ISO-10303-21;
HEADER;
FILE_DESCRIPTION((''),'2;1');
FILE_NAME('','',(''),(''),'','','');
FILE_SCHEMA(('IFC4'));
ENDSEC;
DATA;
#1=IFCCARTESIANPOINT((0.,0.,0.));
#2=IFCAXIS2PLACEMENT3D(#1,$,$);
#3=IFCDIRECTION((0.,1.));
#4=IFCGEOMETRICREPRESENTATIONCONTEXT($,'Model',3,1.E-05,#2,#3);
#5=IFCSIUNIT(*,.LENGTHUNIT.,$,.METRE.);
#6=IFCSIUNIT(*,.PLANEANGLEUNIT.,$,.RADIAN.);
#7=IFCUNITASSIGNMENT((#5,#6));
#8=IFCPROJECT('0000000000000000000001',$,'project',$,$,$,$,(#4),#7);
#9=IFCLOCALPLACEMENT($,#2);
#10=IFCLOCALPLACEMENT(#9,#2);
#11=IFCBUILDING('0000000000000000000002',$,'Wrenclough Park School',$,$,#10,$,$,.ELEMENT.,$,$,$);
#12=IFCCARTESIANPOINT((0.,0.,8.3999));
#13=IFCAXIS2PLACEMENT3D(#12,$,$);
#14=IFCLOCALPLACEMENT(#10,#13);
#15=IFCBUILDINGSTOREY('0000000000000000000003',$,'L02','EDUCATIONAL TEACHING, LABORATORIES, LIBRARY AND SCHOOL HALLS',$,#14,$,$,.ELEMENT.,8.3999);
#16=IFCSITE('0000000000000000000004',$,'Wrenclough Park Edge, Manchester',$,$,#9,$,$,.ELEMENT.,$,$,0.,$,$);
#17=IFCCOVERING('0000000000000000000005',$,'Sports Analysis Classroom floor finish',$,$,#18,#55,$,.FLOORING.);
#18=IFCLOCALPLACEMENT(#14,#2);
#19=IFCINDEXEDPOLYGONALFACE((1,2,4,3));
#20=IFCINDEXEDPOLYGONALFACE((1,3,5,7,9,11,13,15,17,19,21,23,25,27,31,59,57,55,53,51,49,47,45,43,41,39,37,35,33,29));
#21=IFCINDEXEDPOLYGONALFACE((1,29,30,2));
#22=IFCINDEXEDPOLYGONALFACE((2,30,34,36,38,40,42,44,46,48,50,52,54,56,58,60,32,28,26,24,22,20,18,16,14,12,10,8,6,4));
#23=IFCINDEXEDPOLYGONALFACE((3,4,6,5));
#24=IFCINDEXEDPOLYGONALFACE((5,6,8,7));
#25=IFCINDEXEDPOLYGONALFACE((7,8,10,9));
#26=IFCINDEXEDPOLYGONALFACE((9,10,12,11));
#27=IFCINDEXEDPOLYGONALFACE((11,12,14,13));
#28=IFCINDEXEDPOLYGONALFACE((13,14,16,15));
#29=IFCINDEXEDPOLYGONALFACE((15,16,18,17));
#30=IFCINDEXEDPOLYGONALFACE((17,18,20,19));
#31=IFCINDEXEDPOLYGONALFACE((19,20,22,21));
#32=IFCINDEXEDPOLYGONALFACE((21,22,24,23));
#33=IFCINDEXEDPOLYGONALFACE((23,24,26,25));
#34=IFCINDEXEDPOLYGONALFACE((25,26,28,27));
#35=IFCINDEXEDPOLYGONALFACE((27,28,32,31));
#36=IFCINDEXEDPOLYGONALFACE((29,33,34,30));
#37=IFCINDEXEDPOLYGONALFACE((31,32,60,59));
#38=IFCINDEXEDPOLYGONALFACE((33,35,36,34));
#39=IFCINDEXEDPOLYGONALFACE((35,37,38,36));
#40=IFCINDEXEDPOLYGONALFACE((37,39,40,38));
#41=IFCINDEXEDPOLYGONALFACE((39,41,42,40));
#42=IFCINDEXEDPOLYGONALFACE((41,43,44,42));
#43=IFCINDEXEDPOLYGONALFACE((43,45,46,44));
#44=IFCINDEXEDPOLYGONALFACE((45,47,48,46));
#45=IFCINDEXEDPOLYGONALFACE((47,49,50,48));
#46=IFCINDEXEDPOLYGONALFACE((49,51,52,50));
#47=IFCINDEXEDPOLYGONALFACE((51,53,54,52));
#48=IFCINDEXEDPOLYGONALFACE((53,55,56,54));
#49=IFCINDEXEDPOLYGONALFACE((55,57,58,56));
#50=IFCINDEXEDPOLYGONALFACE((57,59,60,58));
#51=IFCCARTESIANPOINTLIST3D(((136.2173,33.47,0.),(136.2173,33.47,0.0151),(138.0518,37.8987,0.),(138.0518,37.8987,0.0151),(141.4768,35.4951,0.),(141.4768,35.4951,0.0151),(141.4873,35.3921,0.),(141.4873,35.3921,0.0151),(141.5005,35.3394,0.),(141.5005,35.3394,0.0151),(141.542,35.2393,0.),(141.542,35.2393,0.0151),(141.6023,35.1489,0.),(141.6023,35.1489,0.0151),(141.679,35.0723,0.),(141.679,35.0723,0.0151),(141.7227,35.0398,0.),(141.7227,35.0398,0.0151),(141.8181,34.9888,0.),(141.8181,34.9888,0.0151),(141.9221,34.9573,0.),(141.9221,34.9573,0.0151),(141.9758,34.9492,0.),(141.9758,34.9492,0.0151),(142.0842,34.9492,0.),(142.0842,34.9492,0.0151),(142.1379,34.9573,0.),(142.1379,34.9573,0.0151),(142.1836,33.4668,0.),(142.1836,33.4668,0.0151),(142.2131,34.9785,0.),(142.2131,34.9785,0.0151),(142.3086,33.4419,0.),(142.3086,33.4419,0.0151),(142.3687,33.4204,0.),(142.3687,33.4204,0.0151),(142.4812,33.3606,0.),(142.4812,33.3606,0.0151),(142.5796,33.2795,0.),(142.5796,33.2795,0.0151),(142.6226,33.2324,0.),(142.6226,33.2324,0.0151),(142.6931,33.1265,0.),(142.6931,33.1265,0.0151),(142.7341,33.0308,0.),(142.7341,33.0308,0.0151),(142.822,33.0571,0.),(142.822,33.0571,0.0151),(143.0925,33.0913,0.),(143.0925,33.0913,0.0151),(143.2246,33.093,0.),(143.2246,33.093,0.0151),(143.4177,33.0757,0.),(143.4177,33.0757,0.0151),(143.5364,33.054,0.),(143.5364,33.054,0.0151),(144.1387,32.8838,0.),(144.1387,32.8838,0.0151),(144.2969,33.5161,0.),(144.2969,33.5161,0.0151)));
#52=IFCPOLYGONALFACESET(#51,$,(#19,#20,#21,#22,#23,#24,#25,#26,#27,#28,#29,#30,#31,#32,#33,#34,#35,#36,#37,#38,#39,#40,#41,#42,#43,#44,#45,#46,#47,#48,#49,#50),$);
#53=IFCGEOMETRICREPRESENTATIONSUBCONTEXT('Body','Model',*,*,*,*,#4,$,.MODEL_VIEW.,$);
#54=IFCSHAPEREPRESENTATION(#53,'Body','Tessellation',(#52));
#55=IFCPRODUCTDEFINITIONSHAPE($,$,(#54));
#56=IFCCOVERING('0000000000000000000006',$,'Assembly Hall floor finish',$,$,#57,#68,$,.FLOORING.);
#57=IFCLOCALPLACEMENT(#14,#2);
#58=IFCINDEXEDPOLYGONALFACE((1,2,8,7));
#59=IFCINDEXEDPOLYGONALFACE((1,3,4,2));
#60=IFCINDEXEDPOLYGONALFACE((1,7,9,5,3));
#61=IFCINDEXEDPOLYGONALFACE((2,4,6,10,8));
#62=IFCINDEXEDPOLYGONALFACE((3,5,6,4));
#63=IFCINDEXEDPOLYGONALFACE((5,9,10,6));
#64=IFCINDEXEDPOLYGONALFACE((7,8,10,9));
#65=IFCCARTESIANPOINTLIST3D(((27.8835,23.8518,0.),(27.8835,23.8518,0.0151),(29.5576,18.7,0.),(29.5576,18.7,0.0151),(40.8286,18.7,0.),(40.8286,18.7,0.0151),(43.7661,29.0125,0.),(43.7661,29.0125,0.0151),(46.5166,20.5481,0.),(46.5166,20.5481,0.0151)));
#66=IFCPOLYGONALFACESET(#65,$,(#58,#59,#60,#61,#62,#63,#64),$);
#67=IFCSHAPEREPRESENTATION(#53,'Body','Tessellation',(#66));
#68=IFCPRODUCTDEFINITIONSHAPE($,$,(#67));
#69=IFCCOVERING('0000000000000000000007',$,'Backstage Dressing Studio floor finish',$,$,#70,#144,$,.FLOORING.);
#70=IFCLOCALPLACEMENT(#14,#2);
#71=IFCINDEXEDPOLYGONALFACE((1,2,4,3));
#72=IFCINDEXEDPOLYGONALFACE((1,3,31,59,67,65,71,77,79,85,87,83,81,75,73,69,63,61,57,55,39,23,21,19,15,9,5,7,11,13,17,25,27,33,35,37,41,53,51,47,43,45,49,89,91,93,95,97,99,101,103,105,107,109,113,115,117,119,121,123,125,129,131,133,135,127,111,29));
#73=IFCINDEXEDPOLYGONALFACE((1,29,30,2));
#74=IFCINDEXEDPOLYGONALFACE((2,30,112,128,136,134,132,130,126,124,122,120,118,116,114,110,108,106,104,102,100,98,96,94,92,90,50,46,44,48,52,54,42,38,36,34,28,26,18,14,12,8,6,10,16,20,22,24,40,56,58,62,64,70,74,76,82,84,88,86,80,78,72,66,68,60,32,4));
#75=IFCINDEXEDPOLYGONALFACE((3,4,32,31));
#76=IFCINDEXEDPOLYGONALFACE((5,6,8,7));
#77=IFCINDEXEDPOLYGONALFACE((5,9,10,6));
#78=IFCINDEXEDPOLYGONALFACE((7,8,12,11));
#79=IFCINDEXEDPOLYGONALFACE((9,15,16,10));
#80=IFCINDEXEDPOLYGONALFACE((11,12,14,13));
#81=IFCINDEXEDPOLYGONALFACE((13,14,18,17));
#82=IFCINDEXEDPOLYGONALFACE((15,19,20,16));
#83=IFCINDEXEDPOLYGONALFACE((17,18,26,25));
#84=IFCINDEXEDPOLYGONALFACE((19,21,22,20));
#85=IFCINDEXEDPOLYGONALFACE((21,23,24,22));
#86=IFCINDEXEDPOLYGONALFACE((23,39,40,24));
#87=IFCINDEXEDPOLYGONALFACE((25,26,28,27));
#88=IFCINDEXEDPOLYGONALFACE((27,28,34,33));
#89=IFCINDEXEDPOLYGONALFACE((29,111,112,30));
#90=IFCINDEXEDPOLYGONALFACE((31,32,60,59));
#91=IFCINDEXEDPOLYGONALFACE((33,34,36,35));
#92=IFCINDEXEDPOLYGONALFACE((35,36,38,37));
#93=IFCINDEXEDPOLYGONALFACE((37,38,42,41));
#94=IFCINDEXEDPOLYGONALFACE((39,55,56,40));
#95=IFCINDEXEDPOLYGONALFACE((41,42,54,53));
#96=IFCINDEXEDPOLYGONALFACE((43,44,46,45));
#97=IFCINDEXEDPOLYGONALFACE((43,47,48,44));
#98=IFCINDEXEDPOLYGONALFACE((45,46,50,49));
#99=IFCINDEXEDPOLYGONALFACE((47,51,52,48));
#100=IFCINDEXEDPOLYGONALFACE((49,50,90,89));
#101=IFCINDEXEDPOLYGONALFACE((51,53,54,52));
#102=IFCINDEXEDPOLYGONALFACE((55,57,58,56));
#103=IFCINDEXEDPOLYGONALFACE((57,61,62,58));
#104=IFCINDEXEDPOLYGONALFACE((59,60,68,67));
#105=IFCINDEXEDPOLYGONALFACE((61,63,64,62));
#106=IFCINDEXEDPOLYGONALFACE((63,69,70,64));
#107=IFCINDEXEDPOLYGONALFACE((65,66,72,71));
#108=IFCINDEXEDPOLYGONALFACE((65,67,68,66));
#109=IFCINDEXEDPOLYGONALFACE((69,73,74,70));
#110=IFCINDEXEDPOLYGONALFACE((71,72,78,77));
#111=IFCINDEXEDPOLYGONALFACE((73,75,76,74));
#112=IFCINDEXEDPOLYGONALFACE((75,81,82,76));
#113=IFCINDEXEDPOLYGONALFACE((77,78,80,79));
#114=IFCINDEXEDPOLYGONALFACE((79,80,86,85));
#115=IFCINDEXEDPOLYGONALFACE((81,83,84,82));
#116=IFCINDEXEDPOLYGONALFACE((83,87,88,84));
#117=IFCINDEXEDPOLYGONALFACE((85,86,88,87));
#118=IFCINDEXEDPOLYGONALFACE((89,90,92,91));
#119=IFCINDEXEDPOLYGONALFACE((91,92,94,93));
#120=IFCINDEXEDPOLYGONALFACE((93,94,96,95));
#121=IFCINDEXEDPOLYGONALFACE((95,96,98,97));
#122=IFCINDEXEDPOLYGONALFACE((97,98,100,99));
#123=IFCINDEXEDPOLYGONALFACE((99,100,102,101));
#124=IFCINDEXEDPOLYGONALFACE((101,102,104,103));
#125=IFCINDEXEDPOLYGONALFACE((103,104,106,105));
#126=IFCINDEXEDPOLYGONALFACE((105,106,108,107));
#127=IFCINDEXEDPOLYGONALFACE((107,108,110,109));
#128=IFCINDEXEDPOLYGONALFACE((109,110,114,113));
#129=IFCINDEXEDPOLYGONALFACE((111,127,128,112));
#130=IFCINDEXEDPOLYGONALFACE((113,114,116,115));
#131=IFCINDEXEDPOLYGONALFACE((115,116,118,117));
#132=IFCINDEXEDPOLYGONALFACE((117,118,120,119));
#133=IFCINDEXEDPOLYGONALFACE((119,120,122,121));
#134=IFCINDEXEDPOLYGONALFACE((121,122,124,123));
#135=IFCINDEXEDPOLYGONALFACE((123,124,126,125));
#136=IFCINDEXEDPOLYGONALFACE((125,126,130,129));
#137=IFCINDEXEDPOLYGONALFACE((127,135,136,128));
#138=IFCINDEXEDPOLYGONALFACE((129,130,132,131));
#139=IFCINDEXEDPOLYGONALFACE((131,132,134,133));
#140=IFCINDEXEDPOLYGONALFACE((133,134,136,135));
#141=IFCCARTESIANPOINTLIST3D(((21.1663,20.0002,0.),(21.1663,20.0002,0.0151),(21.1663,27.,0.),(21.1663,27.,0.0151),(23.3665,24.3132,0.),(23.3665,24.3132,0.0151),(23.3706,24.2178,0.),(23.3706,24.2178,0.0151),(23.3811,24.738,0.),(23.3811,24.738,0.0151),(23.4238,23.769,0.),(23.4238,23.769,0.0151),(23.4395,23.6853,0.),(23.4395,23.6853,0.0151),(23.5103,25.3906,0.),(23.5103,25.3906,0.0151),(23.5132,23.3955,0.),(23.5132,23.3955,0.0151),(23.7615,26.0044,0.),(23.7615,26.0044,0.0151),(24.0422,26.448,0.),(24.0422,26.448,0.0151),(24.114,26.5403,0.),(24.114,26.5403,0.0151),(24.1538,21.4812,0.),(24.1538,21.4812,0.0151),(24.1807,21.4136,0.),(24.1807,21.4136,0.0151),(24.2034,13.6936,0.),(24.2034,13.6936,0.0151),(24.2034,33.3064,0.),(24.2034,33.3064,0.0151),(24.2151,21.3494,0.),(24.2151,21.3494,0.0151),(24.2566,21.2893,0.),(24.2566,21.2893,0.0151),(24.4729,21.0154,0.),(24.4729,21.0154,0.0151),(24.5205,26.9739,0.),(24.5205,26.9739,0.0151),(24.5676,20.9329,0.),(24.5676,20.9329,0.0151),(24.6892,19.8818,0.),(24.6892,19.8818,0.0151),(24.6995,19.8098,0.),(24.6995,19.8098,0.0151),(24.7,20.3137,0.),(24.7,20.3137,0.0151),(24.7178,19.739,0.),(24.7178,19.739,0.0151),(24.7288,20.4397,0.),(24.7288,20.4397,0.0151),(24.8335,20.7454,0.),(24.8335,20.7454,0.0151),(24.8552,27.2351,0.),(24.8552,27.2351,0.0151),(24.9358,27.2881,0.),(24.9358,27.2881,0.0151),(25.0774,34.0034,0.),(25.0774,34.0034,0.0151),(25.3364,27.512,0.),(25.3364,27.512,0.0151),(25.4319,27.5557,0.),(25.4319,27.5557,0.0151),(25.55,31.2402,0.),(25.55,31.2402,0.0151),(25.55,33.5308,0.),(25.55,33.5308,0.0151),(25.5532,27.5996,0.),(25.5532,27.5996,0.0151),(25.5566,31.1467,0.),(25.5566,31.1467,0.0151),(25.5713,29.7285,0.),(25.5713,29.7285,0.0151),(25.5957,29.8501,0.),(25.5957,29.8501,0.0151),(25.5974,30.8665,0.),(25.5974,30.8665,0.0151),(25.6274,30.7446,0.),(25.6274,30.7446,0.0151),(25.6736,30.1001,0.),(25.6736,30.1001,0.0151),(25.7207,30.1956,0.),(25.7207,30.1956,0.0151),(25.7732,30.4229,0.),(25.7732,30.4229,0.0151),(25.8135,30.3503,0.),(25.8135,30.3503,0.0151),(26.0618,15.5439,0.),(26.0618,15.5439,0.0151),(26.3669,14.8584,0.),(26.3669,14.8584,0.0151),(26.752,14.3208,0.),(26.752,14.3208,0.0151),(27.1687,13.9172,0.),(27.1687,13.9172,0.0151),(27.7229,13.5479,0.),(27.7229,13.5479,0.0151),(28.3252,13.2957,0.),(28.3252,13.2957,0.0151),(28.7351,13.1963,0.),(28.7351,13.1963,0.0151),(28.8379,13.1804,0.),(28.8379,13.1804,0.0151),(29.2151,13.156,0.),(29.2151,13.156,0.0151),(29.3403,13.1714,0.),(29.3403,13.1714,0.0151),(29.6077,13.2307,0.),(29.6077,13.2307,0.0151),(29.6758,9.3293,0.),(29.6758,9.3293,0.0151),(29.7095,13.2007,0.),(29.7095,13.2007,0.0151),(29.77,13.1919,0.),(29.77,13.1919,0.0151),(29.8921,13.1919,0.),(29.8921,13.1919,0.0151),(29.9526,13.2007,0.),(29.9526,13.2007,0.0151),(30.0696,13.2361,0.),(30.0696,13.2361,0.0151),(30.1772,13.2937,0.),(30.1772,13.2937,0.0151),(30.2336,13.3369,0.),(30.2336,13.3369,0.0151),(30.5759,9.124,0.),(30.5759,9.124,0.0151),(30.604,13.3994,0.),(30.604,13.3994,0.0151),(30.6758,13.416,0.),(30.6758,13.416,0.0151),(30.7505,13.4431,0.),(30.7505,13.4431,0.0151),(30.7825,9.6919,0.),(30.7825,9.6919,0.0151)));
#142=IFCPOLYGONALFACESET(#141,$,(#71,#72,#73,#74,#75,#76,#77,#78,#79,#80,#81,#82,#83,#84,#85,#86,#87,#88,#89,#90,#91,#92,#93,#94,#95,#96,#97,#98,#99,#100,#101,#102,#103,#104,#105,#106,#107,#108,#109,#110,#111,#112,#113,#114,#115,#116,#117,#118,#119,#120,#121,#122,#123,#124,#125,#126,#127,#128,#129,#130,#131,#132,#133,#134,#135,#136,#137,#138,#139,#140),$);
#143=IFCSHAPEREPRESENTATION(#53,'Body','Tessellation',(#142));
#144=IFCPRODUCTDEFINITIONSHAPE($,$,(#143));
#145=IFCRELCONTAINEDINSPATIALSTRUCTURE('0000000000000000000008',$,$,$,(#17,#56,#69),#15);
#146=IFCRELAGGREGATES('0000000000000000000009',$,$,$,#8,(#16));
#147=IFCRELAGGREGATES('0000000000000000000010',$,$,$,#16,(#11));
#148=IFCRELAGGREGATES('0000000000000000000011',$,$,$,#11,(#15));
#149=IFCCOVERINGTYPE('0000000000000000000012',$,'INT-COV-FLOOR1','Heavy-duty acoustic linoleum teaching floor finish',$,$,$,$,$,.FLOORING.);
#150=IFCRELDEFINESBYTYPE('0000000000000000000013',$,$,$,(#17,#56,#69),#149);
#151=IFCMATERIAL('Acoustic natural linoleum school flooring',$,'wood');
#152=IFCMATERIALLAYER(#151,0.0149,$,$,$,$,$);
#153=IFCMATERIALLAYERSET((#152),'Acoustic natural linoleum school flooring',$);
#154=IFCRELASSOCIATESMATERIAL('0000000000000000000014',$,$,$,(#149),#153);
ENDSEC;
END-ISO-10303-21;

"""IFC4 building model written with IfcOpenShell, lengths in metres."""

from ifc_helpers import new_model, si_unit, direction, frame, origin, place, context, subcontext, project, spatial, polyline, outline, extrude, material, layer, layer_set, type_object, element, save


model = new_model("IFC4")

# Units and contexts
model_context = context("Model", 3, precision=1e-05, world=origin(), true_north=direction((0.0, 1.0)))
body_context = subcontext(model_context, "Body", "Model", "MODEL_VIEW")
ifc_project = project(units=[si_unit("LENGTHUNIT", "METRE"), si_unit("PLANEANGLEUNIT", "RADIAN")], contexts=[model_context])

# Site, building, storey
site_placement = place(None, origin())
site = spatial("IfcSite", under=ifc_project, at=site_placement, Name="Wrenclough Park Edge, Manchester", CompositionType="ELEMENT", RefElevation=0.0)
building_placement = place(site_placement, origin())
building = spatial("IfcBuilding", under=site, at=building_placement, Name="Wrenclough Park School", CompositionType="ELEMENT")
storey_placement = place(building_placement, frame((0.0, 0.0, 8.3999)))
storey = spatial("IfcBuildingStorey", under=building, at=storey_placement, Name="L02", Description="EDUCATIONAL TEACHING, LABORATORIES, LIBRARY AND SCHOOL HALLS", CompositionType="ELEMENT", Elevation=8.3999)

# Coverings
ifc_material_1 = material(Name="Acoustic natural linoleum school flooring", Category="wood")
ifc_layer_1 = layer(ifc_material_1, 0.0149)
ifc_layer_set_1 = layer_set([ifc_layer_1], Name="Acoustic natural linoleum school flooring")
covering_type_1 = type_object("IfcCoveringType", Name="INT-COV-FLOOR1", Description="Heavy-duty acoustic linoleum teaching floor finish", PredefinedType="FLOORING", material=ifc_layer_set_1)
covering_1_placement = place(storey_placement, origin())
element("IfcCovering", 1, at=covering_1_placement, inside=storey, type_object=covering_type_1, Name="Sports Analysis Classroom floor finish", PredefinedType="FLOORING", context=body_context, shape_type="SweptSolid", body=[
    extrude(outline(polyline([(142.7341, 33.0308), (142.822, 33.0571), (143.0925, 33.0913), (143.2246, 33.093), (143.4177, 33.0757), (143.5364, 33.054), (144.1387, 32.8838), (144.2969, 33.5161), (142.2131, 34.9785), (142.1379, 34.9573), (142.0842, 34.9492), (141.9758, 34.9492), (141.9221, 34.9573), (141.8181, 34.9888), (141.7227, 35.0398), (141.679, 35.0723), (141.6023, 35.1489), (141.542, 35.2393), (141.5005, 35.3394), (141.4873, 35.3921), (141.4768, 35.4951), (138.0518, 37.8987), (136.2173, 33.47), (142.1836, 33.4668), (142.3086, 33.4419), (142.3687, 33.4204), (142.4812, 33.3606), (142.5796, 33.2795), (142.6226, 33.2324), (142.6931, 33.1265), (142.7341, 33.0308)])), origin(), (0.0, 0.0, 1.0), 0.0151),
])
covering_2_placement = place(storey_placement, origin())
element("IfcCovering", 2, at=covering_2_placement, inside=storey, type_object=covering_type_1, Name="Assembly Hall floor finish", PredefinedType="FLOORING", context=body_context, shape_type="SweptSolid", body=[
    extrude(outline(polyline([(27.8835, 23.8518), (29.5576, 18.7), (40.8286, 18.7), (46.5166, 20.5481), (43.7661, 29.0125), (27.8835, 23.8518)])), origin(), (0.0, 0.0, 1.0), 0.0151),
])
covering_3_placement = place(storey_placement, origin())
element("IfcCovering", 3, at=covering_3_placement, inside=storey, type_object=covering_type_1, Name="Backstage Dressing Studio floor finish", PredefinedType="FLOORING", context=body_context, shape_type="SweptSolid", body=[
    extrude(outline(polyline([(24.8335, 20.7454), (24.5676, 20.9329), (24.4729, 21.0154), (24.2566, 21.2893), (24.2151, 21.3494), (24.1807, 21.4136), (24.1538, 21.4812), (23.5132, 23.3955), (23.4395, 23.6853), (23.4238, 23.769), (23.3706, 24.2178), (23.3665, 24.3132), (23.3811, 24.738), (23.5103, 25.3906), (23.7615, 26.0044), (24.0422, 26.448), (24.114, 26.5403), (24.5205, 26.9739), (24.8552, 27.2351), (24.9358, 27.2881), (25.3364, 27.512), (25.4319, 27.5557), (25.5532, 27.5996), (25.5713, 29.7285), (25.5957, 29.8501), (25.6736, 30.1001), (25.7207, 30.1956), (25.8135, 30.3503), (25.7732, 30.4229), (25.6274, 30.7446), (25.5974, 30.8665), (25.5566, 31.1467), (25.55, 31.2402), (25.55, 33.5308), (25.0774, 34.0034), (24.2034, 33.3064), (21.1663, 27.0), (21.1663, 20.0002), (24.2034, 13.6936), (29.6758, 9.3293), (30.5759, 9.124), (30.7825, 9.6919), (30.7505, 13.4431), (30.6758, 13.416), (30.604, 13.3994), (30.2336, 13.3369), (30.1772, 13.2937), (30.0696, 13.2361), (29.9526, 13.2007), (29.8921, 13.1919), (29.77, 13.1919), (29.7095, 13.2007), (29.6077, 13.2307), (29.3403, 13.1714), (29.2151, 13.156), (28.8379, 13.1804), (28.7351, 13.1963), (28.3252, 13.2957), (27.7229, 13.5479), (27.1687, 13.9172), (26.752, 14.3208), (26.3669, 14.8584), (26.0618, 15.5439), (24.7178, 19.739), (24.6995, 19.8098), (24.6892, 19.8818), (24.7, 20.3137), (24.7288, 20.4397), (24.8335, 20.7454)])), origin(), (0.0, 0.0, 1.0), 0.0151),
])

save(model, "model.ifc")
